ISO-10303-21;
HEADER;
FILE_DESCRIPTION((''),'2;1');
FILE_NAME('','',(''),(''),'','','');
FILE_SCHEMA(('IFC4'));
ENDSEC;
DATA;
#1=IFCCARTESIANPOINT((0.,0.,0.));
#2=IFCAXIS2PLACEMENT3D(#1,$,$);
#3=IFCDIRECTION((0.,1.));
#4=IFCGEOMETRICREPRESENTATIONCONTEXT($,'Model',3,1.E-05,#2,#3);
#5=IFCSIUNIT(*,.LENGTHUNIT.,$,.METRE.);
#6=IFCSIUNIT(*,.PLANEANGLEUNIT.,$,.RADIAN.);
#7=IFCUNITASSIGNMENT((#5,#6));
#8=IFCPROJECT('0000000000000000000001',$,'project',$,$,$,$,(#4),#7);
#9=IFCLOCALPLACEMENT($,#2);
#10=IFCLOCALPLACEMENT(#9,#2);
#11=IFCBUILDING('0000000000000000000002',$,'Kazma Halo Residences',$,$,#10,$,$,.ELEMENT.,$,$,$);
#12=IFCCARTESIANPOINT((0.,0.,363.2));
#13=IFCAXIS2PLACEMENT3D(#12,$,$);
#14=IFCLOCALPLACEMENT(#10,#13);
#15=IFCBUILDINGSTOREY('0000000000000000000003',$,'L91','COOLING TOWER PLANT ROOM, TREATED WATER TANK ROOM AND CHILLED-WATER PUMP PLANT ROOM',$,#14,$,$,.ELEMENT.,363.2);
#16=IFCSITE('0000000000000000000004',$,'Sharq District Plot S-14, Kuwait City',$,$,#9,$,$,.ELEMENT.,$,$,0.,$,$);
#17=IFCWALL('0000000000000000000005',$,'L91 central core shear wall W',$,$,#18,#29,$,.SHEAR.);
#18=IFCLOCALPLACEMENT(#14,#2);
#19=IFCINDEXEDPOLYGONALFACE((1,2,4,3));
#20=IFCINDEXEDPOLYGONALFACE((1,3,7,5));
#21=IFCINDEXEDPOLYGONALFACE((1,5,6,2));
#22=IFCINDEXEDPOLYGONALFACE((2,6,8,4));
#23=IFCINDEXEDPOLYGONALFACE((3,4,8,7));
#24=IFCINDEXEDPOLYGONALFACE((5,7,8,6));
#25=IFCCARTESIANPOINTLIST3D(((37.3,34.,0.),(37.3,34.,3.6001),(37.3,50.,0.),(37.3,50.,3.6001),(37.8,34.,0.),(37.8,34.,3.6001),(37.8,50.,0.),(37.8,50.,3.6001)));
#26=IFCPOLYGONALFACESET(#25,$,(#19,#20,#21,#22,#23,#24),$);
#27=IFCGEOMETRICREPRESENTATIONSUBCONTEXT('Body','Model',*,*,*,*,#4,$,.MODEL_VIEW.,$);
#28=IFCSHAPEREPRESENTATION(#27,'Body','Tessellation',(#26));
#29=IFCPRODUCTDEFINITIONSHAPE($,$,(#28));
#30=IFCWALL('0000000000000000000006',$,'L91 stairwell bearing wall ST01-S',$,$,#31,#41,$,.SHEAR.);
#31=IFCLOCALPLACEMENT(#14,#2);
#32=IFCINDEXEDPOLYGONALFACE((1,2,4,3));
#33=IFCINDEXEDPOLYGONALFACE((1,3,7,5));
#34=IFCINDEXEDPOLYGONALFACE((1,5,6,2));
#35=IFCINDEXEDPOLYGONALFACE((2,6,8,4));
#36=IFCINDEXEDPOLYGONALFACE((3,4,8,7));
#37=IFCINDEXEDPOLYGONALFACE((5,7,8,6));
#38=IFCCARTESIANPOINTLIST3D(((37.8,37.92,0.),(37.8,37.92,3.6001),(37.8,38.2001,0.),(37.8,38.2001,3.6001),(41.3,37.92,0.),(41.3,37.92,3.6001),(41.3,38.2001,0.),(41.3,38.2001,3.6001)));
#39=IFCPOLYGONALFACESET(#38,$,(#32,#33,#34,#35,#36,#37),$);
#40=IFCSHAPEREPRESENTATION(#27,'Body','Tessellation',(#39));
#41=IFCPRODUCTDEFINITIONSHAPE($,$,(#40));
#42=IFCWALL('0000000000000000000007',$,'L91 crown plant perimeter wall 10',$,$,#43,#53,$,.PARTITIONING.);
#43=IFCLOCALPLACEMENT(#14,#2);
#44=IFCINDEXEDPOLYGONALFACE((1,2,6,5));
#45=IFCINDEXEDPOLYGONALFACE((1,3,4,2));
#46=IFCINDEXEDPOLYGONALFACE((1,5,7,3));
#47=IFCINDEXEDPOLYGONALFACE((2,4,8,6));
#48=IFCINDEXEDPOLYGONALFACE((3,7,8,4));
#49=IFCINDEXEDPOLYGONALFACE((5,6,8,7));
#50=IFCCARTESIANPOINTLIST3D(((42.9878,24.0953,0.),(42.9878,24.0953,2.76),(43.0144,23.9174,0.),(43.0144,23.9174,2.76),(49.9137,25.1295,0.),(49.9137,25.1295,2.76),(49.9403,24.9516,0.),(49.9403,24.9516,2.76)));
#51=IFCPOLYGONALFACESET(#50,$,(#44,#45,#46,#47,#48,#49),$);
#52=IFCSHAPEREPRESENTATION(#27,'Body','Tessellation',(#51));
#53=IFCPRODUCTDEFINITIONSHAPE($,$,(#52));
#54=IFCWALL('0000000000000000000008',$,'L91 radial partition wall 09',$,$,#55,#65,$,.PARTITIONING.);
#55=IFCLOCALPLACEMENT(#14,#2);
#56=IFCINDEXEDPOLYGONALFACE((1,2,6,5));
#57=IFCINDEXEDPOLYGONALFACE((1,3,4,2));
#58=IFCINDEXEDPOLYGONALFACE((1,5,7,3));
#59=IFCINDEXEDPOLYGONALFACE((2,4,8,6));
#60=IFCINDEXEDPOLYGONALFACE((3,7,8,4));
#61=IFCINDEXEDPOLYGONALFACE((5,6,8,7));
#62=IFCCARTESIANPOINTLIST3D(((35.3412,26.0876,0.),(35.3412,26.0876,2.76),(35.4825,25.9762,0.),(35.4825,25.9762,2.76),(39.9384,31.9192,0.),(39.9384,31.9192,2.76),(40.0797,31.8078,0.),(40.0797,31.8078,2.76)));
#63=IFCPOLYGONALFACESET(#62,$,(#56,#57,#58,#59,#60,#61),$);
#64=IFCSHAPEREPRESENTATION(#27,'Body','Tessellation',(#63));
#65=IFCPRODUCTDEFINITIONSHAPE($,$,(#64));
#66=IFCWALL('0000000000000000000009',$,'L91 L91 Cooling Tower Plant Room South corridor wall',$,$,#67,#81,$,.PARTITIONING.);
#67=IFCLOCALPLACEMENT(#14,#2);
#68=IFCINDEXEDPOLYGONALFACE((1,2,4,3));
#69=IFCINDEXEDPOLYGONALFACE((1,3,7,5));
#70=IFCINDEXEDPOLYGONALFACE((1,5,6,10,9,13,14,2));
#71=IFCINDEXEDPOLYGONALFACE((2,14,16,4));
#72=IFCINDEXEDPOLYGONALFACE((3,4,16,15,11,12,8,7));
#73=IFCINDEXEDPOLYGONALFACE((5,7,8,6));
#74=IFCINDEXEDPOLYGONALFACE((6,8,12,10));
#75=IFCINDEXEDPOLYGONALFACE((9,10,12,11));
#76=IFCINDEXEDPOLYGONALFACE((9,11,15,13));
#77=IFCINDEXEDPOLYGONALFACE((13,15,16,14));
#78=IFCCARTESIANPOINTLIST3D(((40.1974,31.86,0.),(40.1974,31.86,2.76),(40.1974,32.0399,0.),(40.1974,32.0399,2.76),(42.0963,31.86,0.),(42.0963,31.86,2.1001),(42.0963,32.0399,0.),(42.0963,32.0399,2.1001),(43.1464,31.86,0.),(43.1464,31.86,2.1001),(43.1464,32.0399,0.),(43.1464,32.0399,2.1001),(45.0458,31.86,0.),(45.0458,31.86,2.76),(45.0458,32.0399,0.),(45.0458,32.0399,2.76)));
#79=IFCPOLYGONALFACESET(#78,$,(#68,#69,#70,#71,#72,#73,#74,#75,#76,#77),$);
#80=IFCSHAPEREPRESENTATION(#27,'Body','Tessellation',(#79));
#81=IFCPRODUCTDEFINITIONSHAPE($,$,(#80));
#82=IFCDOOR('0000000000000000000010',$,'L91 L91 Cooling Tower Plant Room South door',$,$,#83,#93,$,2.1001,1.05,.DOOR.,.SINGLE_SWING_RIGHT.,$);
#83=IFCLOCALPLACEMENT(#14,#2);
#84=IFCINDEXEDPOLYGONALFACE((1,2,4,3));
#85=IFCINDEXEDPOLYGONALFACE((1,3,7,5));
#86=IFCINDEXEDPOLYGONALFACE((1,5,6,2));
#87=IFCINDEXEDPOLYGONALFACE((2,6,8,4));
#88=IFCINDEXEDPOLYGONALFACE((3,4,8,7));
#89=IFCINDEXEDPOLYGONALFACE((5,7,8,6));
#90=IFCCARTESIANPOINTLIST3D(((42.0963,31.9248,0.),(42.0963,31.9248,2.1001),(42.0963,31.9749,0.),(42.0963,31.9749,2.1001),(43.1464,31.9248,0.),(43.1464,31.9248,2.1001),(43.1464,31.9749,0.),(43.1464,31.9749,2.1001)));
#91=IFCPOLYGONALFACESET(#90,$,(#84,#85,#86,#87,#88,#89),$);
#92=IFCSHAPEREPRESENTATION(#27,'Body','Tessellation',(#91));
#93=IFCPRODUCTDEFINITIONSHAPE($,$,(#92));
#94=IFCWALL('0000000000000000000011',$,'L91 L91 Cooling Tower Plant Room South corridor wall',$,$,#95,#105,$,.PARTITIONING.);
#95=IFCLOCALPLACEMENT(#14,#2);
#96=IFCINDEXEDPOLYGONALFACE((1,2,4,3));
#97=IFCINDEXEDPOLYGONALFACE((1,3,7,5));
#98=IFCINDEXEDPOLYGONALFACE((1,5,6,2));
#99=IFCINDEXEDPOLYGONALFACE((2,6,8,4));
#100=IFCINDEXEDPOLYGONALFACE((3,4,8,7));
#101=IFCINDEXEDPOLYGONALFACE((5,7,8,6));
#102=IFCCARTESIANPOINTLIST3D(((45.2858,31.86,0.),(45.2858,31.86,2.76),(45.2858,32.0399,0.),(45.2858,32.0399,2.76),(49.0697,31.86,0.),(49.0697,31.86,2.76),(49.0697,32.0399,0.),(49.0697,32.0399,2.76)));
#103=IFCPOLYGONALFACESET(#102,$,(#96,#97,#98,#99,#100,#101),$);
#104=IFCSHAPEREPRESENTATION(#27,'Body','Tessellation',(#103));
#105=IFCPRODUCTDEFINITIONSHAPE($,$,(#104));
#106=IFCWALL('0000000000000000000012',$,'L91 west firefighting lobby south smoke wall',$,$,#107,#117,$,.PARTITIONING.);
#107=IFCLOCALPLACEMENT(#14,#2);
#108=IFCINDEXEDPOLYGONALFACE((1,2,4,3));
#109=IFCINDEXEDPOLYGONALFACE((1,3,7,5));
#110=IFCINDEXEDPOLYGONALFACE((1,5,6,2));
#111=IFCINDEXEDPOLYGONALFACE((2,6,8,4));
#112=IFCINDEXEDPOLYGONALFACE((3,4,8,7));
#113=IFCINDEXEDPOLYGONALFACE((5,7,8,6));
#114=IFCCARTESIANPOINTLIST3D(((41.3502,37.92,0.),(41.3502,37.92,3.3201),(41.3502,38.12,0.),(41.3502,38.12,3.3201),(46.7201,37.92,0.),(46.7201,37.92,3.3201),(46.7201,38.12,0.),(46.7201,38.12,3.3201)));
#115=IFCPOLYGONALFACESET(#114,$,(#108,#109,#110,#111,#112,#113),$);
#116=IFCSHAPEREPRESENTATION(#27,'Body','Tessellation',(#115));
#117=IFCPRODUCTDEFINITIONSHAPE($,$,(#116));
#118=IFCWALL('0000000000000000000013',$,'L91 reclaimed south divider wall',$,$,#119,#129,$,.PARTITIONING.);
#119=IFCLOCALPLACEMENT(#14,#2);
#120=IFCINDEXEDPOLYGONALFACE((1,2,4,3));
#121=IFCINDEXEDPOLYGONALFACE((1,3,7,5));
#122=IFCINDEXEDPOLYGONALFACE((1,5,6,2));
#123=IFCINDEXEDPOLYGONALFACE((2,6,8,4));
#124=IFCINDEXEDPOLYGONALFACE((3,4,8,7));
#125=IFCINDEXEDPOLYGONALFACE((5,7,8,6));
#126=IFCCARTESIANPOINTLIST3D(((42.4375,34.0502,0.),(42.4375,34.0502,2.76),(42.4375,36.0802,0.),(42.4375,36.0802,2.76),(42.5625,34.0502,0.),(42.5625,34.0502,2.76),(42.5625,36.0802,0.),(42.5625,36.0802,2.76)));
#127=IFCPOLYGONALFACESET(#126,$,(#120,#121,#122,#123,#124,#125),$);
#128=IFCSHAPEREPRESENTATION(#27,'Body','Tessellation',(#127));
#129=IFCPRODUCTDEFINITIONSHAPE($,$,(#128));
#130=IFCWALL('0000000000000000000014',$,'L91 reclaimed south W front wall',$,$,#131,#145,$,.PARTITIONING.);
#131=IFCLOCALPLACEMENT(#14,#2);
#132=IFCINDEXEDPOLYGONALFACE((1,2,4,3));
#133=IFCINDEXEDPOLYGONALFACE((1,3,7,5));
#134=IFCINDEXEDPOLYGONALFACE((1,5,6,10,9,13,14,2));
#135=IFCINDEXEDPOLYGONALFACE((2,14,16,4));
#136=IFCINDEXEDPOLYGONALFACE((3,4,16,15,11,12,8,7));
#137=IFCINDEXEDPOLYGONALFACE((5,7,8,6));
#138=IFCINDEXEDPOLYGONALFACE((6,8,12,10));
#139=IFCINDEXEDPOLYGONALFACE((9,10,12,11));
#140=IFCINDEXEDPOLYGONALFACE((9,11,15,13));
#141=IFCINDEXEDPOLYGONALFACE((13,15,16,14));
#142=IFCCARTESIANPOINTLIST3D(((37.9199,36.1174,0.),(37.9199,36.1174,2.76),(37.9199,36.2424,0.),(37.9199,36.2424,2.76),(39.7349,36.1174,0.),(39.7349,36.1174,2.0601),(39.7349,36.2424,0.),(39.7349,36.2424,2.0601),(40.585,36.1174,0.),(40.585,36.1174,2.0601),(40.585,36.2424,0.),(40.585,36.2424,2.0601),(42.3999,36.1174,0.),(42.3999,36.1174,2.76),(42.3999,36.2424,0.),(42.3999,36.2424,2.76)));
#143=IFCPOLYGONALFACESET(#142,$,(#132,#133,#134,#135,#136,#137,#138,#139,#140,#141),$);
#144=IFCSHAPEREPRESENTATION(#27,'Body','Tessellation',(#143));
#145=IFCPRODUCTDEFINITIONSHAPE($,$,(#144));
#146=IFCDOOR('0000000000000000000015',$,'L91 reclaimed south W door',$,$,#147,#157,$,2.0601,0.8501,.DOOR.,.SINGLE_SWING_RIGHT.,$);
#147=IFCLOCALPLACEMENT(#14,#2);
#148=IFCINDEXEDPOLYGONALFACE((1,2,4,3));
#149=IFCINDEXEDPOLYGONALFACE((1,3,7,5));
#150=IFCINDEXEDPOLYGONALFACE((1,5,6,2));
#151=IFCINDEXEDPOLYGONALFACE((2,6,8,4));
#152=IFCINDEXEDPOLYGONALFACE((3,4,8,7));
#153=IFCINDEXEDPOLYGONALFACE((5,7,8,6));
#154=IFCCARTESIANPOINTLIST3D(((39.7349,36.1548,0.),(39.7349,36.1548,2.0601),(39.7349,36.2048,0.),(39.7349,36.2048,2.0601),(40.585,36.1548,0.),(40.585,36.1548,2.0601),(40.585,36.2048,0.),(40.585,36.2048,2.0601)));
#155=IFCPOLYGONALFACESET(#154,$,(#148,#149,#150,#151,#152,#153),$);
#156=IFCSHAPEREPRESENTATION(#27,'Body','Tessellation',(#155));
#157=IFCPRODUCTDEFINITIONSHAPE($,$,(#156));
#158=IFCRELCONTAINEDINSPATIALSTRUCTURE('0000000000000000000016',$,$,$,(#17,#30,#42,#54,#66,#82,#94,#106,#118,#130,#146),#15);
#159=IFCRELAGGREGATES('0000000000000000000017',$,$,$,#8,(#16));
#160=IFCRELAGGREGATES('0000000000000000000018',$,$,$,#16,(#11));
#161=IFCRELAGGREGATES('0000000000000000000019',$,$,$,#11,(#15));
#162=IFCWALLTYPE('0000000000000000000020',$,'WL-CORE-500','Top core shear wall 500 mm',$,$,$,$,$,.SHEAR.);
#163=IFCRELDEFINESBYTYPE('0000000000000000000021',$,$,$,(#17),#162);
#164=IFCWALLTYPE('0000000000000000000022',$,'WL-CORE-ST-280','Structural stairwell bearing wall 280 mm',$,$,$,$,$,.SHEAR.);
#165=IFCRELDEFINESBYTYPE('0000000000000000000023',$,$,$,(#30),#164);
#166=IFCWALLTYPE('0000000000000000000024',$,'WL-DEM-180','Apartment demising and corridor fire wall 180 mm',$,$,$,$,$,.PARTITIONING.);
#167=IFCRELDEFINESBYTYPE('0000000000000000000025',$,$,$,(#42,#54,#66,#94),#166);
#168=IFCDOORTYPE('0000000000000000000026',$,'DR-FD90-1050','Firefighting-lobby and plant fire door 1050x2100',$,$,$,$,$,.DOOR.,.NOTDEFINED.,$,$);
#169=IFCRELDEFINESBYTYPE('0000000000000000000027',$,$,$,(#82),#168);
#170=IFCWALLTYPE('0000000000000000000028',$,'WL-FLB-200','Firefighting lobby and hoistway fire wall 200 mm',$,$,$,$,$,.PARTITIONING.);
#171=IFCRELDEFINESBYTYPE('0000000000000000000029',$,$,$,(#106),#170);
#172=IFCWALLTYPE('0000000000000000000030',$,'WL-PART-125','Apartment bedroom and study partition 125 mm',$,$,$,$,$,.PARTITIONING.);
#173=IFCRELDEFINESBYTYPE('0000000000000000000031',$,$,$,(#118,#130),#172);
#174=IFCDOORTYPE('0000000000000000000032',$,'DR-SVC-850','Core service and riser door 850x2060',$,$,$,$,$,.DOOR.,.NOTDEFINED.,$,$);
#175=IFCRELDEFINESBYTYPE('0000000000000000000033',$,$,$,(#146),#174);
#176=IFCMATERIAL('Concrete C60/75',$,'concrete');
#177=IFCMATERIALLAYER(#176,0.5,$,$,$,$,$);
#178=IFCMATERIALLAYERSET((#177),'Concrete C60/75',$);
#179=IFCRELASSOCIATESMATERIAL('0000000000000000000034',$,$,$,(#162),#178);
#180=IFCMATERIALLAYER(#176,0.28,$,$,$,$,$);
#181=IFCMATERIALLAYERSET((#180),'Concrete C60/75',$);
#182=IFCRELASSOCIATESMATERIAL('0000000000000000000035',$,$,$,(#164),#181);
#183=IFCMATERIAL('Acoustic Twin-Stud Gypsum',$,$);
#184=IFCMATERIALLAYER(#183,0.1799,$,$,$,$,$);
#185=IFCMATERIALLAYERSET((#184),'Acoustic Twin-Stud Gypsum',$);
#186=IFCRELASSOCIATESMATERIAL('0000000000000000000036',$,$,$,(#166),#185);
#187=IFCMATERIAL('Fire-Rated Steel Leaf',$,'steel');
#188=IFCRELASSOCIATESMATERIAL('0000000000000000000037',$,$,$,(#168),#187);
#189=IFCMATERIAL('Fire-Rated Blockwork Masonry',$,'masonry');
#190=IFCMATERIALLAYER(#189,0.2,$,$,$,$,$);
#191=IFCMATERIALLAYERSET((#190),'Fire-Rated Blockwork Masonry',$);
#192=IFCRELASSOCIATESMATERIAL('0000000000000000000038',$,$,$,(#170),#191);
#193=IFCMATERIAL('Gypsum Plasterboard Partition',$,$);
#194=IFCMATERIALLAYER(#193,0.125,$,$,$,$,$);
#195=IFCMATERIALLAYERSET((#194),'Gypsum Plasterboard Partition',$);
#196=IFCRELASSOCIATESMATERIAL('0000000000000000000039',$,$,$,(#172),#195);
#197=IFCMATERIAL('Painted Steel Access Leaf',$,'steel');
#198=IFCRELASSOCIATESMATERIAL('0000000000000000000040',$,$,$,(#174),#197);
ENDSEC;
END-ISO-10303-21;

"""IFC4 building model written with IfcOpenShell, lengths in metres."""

from ifc_helpers import new_model, si_unit, direction, frame, frame_2d, origin, place, context, subcontext, project, spatial, rectangle, extrude, material, layer, layer_set, type_object, element, fill, save


model = new_model("IFC4")

# Units and contexts
model_context = context("Model", 3, precision=1e-05, world=origin(), true_north=direction((0.0, 1.0)))
body_context = subcontext(model_context, "Body", "Model", "MODEL_VIEW")
ifc_project = project(units=[si_unit("LENGTHUNIT", "METRE"), si_unit("PLANEANGLEUNIT", "RADIAN")], contexts=[model_context])

# Site, building, storey
site_placement = place(None, origin())
site = spatial("IfcSite", under=ifc_project, at=site_placement, Name="Sharq District Plot S-14, Kuwait City", CompositionType="ELEMENT", RefElevation=0.0)
building_placement = place(site_placement, origin())
building = spatial("IfcBuilding", under=site, at=building_placement, Name="Kazma Halo Residences", CompositionType="ELEMENT")
storey_placement = place(building_placement, frame((0.0, 0.0, 363.2)))
storey = spatial("IfcBuildingStorey", under=building, at=storey_placement, Name="L91", Description="COOLING TOWER PLANT ROOM, TREATED WATER TANK ROOM AND CHILLED-WATER PUMP PLANT ROOM", CompositionType="ELEMENT", Elevation=363.2)

# Walls
ifc_material_1 = material(Name="Concrete C60/75", Category="concrete")
ifc_layer_1 = layer(ifc_material_1, 0.5)
ifc_layer_set_1 = layer_set([ifc_layer_1], Name="Concrete C60/75")
wall_type_1 = type_object("IfcWallType", Name="WL-CORE-500", Description="Top core shear wall 500 mm", PredefinedType="SHEAR", material=ifc_layer_set_1)
wall_1_placement = place(storey_placement, frame((37.55, 34.0, 0.0), z_axis=(0.0, 0.0, 1.0), x_axis=(0.0, 1.0, 0.0)))
element("IfcWall", 1, at=wall_1_placement, inside=storey, type_object=wall_type_1, Name="L91 central core shear wall W", PredefinedType="SHEAR", context=body_context, shape_type="SweptSolid", body=[
    extrude(rectangle(XDim=16.0, YDim=0.5, at=frame_2d((8.0, 0.0))), origin(), (0.0, 0.0, 1.0), 3.6001),
])
ifc_layer_2 = layer(ifc_material_1, 0.28)
ifc_layer_set_2 = layer_set([ifc_layer_2], Name="Concrete C60/75")
wall_type_2 = type_object("IfcWallType", Name="WL-CORE-ST-280", Description="Structural stairwell bearing wall 280 mm", PredefinedType="SHEAR", material=ifc_layer_set_2)
wall_2_placement = place(storey_placement, frame((37.8, 38.0601, 0.0), z_axis=(0.0, 0.0, 1.0), x_axis=(1.0, 0.0, 0.0)))
element("IfcWall", 2, at=wall_2_placement, inside=storey, type_object=wall_type_2, Name="L91 stairwell bearing wall ST01-S", PredefinedType="SHEAR", context=body_context, shape_type="SweptSolid", body=[
    extrude(rectangle(XDim=3.5, YDim=0.28, at=frame_2d((1.75, 0.0))), origin(), (0.0, 0.0, 1.0), 3.6001),
])
ifc_material_2 = material(Name="Acoustic Twin-Stud Gypsum")
ifc_layer_3 = layer(ifc_material_2, 0.1799)
ifc_layer_set_3 = layer_set([ifc_layer_3], Name="Acoustic Twin-Stud Gypsum")
wall_type_3 = type_object("IfcWallType", Name="WL-DEM-180", Description="Apartment demising and corridor fire wall 180 mm", PredefinedType="PARTITIONING", material=ifc_layer_set_3)
wall_3_placement = place(storey_placement, frame((43.001, 24.0063, 0.0), z_axis=(0.0, 0.0, 1.0), x_axis=(0.989034, 0.147686, 0.0)))
element("IfcWall", 3, at=wall_3_placement, inside=storey, type_object=wall_type_3, Name="L91 crown plant perimeter wall 10", PredefinedType="PARTITIONING", context=body_context, shape_type="SweptSolid", body=[
    extrude(rectangle(XDim=7.0027, YDim=0.1799, at=frame_2d((3.5015, 0.0))), origin(), (0.0, 0.0, 1.0), 2.76),
])
wall_4_placement = place(storey_placement, frame((40.009, 31.8635, 0.0), z_axis=(0.0, 0.0, 1.0), x_axis=(-0.61909, -0.78532, 0.0)))
element("IfcWall", 4, at=wall_4_placement, inside=storey, type_object=wall_type_3, Name="L91 radial partition wall 09", PredefinedType="PARTITIONING", context=body_context, shape_type="SweptSolid", body=[
    extrude(rectangle(XDim=7.4258, YDim=0.1799, at=frame_2d((3.7129, 0.0))), origin(), (0.0, 0.0, 1.0), 2.76),
])

# Wall, opening, door
wall_5_placement = place(storey_placement, frame((40.1973, 31.95, 0.0), z_axis=(0.0, 0.0, 1.0), x_axis=(1.0, 0.0, 0.0)))
wall_5 = element("IfcWall", 5, at=wall_5_placement, inside=storey, type_object=wall_type_3, Name="L91 L91 Cooling Tower Plant Room South corridor wall", PredefinedType="PARTITIONING", context=body_context, shape_type="SweptSolid", body=[
    extrude(rectangle(XDim=4.8484, YDim=0.1799, at=frame_2d((2.4243, 0.0))), origin(), (0.0, 0.0, 1.0), 2.76),
])
opening_1_placement = place(wall_5_placement, frame((1.8992, 0.0, 0.0)))
opening_1 = element("IfcOpeningElement", 6, at=opening_1_placement, cuts=wall_5, PredefinedType="OPENING", context=body_context, shape_type="SweptSolid", body=[
    extrude(rectangle(XDim=1.05, YDim=2.1001, at=frame_2d((0.5249, 1.05))), frame((0.0, 0.0999, 0.0), z_axis=(0.0, -1.0, 0.0), x_axis=(1.0, 0.0, 0.0)), (0.0, 0.0, 1.0), 0.2),
])
ifc_material_3 = material(Name="Fire-Rated Steel Leaf", Category="steel")
door_type_1 = type_object("IfcDoorType", Name="DR-FD90-1050", Description="Firefighting-lobby and plant fire door 1050x2100", OperationType="NOTDEFINED", PredefinedType="DOOR", material=ifc_material_3)
door_1_placement = place(opening_1_placement, origin())
door_1 = element("IfcDoor", 7, at=door_1_placement, inside=storey, type_object=door_type_1, Name="L91 L91 Cooling Tower Plant Room South door", OperationType="SINGLE_SWING_RIGHT", OverallHeight=2.1001, OverallWidth=1.05, PredefinedType="DOOR", context=body_context, shape_type="SweptSolid", body=[
    extrude(rectangle(XDim=1.05, YDim=2.1001, at=frame_2d((0.5249, 1.05))), frame((0.0, 0.0249, 0.0), z_axis=(0.0, -1.0, 0.0), x_axis=(1.0, 0.0, 0.0)), (0.0, 0.0, 1.0), 0.05),
])
fill(opening_1, door_1)

# Walls
wall_6_placement = place(storey_placement, frame((45.2856, 31.95, 0.0), z_axis=(0.0, 0.0, 1.0), x_axis=(1.0, 0.0, 0.0)))
element("IfcWall", 8, at=wall_6_placement, inside=storey, type_object=wall_type_3, Name="L91 L91 Cooling Tower Plant Room South corridor wall", PredefinedType="PARTITIONING", context=body_context, shape_type="SweptSolid", body=[
    extrude(rectangle(XDim=3.7839, YDim=0.1799, at=frame_2d((1.8921, 0.0))), origin(), (0.0, 0.0, 1.0), 2.76),
])
ifc_material_4 = material(Name="Fire-Rated Blockwork Masonry", Category="masonry")
ifc_layer_4 = layer(ifc_material_4, 0.2)
ifc_layer_set_4 = layer_set([ifc_layer_4], Name="Fire-Rated Blockwork Masonry")
wall_type_4 = type_object("IfcWallType", Name="WL-FLB-200", Description="Firefighting lobby and hoistway fire wall 200 mm", PredefinedType="PARTITIONING", material=ifc_layer_set_4)
wall_7_placement = place(storey_placement, frame((41.3501, 38.02, 0.0), z_axis=(0.0, 0.0, 1.0), x_axis=(1.0, 0.0, 0.0)))
element("IfcWall", 9, at=wall_7_placement, inside=storey, type_object=wall_type_4, Name="L91 west firefighting lobby south smoke wall", PredefinedType="PARTITIONING", context=body_context, shape_type="SweptSolid", body=[
    extrude(rectangle(XDim=5.3699, YDim=0.2, at=frame_2d((2.6851, 0.0))), origin(), (0.0, 0.0, 1.0), 3.3201),
])
ifc_material_5 = material(Name="Gypsum Plasterboard Partition")
ifc_layer_5 = layer(ifc_material_5, 0.125)
ifc_layer_set_5 = layer_set([ifc_layer_5], Name="Gypsum Plasterboard Partition")
wall_type_5 = type_object("IfcWallType", Name="WL-PART-125", Description="Apartment bedroom and study partition 125 mm", PredefinedType="PARTITIONING", material=ifc_layer_set_5)
wall_8_placement = place(storey_placement, frame((42.5, 34.05, 0.0), z_axis=(0.0, 0.0, 1.0), x_axis=(0.0, 1.0, 0.0)))
element("IfcWall", 10, at=wall_8_placement, inside=storey, type_object=wall_type_5, Name="L91 reclaimed south divider wall", PredefinedType="PARTITIONING", context=body_context, shape_type="SweptSolid", body=[
    extrude(rectangle(XDim=2.03, YDim=0.125, at=frame_2d((1.0151, 0.0))), origin(), (0.0, 0.0, 1.0), 2.76),
])

# Wall, opening, door
wall_9_placement = place(storey_placement, frame((37.9199, 36.1799, 0.0), z_axis=(0.0, 0.0, 1.0), x_axis=(1.0, 0.0, 0.0)))
wall_9 = element("IfcWall", 11, at=wall_9_placement, inside=storey, type_object=wall_type_5, Name="L91 reclaimed south W front wall", PredefinedType="PARTITIONING", context=body_context, shape_type="SweptSolid", body=[
    extrude(rectangle(XDim=4.48, YDim=0.125, at=frame_2d((2.24, 0.0))), origin(), (0.0, 0.0, 1.0), 2.76),
])
opening_2_placement = place(wall_9_placement, frame((1.8149, 0.0, 0.0)))
opening_2 = element("IfcOpeningElement", 12, at=opening_2_placement, cuts=wall_9, PredefinedType="OPENING", context=body_context, shape_type="SweptSolid", body=[
    extrude(rectangle(XDim=0.8501, YDim=2.0601, at=frame_2d((0.425, 1.03))), frame((0.0, 0.0725, 0.0), z_axis=(0.0, -1.0, 0.0), x_axis=(1.0, 0.0, 0.0)), (0.0, 0.0, 1.0), 0.145),
])
ifc_material_6 = material(Name="Painted Steel Access Leaf", Category="steel")
door_type_2 = type_object("IfcDoorType", Name="DR-SVC-850", Description="Core service and riser door 850x2060", OperationType="NOTDEFINED", PredefinedType="DOOR", material=ifc_material_6)
door_2_placement = place(opening_2_placement, origin())
door_2 = element("IfcDoor", 13, at=door_2_placement, inside=storey, type_object=door_type_2, Name="L91 reclaimed south W door", OperationType="SINGLE_SWING_RIGHT", OverallHeight=2.0601, OverallWidth=0.8501, PredefinedType="DOOR", context=body_context, shape_type="SweptSolid", body=[
    extrude(rectangle(XDim=0.8501, YDim=2.0601, at=frame_2d((0.425, 1.03))), frame((0.0, 0.0249, 0.0), z_axis=(0.0, -1.0, 0.0), x_axis=(1.0, 0.0, 0.0)), (0.0, 0.0, 1.0), 0.05),
])
fill(opening_2, door_2)

save(model, "model.ifc")
